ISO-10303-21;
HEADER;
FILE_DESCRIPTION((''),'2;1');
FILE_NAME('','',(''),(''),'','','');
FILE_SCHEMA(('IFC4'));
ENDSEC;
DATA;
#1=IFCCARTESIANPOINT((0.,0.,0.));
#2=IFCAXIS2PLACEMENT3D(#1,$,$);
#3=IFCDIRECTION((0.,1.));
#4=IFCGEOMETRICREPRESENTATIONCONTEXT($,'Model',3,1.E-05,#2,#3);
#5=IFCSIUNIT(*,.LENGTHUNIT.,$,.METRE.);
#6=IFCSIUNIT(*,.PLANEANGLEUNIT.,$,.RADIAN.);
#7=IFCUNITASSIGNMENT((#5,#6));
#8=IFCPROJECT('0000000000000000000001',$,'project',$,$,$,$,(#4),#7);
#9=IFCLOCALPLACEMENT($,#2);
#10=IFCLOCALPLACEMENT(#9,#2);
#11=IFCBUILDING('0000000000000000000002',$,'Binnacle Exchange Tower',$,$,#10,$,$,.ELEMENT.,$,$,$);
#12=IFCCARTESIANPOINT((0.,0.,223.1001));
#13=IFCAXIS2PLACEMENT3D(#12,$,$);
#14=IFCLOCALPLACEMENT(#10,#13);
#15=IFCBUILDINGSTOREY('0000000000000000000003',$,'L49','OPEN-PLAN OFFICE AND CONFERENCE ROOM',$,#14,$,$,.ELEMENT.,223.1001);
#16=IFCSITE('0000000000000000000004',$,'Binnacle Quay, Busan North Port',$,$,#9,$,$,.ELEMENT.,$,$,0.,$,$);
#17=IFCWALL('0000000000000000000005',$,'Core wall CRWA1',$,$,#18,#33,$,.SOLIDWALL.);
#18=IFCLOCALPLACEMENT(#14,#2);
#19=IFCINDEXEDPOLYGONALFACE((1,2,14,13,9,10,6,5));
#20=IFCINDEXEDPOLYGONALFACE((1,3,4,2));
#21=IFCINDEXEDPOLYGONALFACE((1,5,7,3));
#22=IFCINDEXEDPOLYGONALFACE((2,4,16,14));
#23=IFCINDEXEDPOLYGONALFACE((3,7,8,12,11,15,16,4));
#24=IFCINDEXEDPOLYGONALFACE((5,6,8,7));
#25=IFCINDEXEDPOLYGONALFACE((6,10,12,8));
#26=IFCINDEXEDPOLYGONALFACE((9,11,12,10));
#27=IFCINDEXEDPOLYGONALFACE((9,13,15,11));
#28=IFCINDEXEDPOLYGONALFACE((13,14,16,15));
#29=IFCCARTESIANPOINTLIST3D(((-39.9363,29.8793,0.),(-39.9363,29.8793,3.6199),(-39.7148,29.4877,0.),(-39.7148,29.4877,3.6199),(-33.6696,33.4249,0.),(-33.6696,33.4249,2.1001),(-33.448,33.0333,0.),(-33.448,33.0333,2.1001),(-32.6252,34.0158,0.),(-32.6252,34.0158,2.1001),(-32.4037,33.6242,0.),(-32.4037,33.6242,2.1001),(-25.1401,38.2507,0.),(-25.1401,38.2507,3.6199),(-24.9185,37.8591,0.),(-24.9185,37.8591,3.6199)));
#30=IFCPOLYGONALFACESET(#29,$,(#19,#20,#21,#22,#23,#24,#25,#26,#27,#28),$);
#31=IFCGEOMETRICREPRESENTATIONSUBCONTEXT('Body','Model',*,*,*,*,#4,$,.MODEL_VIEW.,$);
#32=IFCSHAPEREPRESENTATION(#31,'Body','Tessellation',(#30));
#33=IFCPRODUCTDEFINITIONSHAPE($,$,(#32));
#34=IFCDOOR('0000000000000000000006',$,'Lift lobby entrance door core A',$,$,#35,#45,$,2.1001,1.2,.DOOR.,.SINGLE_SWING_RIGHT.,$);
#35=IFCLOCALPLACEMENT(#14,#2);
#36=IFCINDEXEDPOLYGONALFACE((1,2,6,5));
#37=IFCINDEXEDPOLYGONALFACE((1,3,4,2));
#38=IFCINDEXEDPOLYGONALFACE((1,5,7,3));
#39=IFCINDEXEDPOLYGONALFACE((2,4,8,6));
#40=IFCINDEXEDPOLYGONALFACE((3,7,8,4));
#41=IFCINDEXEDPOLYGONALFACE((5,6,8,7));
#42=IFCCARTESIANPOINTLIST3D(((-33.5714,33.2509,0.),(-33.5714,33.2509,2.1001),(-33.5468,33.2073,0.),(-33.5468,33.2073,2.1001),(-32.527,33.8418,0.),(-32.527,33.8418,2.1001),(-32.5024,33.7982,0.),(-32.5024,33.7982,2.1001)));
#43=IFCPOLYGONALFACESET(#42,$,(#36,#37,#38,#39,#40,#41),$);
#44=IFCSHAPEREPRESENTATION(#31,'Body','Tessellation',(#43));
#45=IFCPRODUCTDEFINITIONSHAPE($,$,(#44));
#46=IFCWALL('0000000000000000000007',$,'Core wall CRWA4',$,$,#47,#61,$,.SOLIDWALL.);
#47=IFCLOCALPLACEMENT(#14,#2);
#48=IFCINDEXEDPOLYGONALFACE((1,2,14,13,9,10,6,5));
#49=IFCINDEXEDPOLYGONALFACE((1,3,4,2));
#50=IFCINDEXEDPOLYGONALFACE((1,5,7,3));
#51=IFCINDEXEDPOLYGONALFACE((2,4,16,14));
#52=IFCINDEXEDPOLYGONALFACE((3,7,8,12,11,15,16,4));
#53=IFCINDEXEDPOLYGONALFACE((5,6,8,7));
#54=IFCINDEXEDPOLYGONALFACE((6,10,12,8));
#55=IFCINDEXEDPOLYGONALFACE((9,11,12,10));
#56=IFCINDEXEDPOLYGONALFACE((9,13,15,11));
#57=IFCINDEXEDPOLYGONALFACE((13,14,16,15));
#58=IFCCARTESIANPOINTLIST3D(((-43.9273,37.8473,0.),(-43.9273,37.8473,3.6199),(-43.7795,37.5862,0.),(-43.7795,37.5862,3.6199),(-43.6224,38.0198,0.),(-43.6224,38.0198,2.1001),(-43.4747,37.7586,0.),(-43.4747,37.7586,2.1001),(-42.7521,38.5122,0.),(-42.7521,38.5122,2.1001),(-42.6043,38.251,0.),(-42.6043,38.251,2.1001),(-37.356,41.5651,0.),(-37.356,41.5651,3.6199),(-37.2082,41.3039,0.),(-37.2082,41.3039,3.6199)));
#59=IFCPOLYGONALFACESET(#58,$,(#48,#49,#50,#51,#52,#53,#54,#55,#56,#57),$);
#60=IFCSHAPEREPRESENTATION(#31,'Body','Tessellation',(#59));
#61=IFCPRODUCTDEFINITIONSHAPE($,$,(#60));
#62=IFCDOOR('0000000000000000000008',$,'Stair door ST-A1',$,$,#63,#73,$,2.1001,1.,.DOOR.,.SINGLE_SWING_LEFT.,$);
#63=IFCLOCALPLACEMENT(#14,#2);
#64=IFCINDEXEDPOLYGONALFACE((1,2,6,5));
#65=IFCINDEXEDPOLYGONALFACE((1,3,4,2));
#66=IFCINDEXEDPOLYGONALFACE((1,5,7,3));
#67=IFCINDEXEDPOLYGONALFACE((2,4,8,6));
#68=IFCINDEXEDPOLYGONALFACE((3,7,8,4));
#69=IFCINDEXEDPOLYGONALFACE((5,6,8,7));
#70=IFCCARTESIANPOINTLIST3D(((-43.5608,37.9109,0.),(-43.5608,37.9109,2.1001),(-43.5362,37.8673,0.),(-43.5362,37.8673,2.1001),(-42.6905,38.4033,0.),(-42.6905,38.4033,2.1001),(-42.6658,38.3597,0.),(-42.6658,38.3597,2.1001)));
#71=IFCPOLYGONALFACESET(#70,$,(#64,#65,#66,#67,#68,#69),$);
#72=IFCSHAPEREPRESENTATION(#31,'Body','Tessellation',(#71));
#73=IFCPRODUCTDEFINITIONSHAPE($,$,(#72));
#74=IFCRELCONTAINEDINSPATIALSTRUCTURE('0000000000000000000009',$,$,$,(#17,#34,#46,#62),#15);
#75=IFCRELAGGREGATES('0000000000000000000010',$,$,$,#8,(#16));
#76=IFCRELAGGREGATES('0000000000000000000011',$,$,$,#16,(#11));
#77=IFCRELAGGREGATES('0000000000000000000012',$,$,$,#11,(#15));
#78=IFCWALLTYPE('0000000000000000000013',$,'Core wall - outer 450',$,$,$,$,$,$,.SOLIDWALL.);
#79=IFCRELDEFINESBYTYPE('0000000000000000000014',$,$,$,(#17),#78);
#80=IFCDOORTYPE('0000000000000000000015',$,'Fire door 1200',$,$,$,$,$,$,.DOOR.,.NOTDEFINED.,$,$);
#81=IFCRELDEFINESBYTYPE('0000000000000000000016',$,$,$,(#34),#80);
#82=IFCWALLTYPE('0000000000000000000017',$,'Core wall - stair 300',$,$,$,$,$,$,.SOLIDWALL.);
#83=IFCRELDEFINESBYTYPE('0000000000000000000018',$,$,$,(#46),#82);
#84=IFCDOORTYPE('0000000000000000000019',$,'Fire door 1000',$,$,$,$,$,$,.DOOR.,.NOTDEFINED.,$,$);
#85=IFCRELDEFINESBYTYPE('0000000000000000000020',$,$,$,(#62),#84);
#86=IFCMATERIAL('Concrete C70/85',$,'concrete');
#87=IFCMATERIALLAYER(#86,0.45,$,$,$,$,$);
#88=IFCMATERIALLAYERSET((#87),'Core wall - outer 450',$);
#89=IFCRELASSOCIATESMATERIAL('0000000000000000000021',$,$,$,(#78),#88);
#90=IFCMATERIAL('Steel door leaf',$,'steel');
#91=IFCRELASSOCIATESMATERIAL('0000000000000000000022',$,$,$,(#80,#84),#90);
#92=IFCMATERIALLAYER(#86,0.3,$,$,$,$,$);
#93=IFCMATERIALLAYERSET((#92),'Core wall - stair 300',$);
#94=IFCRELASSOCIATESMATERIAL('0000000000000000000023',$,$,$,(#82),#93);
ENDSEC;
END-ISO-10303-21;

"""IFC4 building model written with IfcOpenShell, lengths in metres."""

from ifc_helpers import new_model, si_unit, direction, frame, frame_2d, origin, place, context, subcontext, project, spatial, rectangle, extrude, material, layer, layer_set, type_object, element, fill, save


model = new_model("IFC4")

# Units and contexts
model_context = context("Model", 3, precision=1e-05, world=origin(), true_north=direction((0.0, 1.0)))
body_context = subcontext(model_context, "Body", "Model", "MODEL_VIEW")
ifc_project = project(units=[si_unit("LENGTHUNIT", "METRE"), si_unit("PLANEANGLEUNIT", "RADIAN")], contexts=[model_context])

# Site, building, storey
site_placement = place(None, origin())
site = spatial("IfcSite", under=ifc_project, at=site_placement, Name="Binnacle Quay, Busan North Port", CompositionType="ELEMENT", RefElevation=0.0)
building_placement = place(site_placement, origin())
building = spatial("IfcBuilding", under=site, at=building_placement, Name="Binnacle Exchange Tower", CompositionType="ELEMENT")
storey_placement = place(building_placement, frame((0.0, 0.0, 223.1001)))
storey = spatial("IfcBuildingStorey", under=building, at=storey_placement, Name="L49", Description="OPEN-PLAN OFFICE AND CONFERENCE ROOM", CompositionType="ELEMENT", Elevation=223.1001)

# Shared definitions
ifc_material_1 = material(Name="Concrete C70/85", Category="concrete")
ifc_material_2 = material(Name="Steel door leaf", Category="steel")

# Walls, openings, doors
ifc_layer_1 = layer(ifc_material_1, 0.45)
ifc_layer_set_1 = layer_set([ifc_layer_1], Name="Core wall - outer 450")
wall_type_1 = type_object("IfcWallType", Name="Core wall - outer 450", PredefinedType="SOLIDWALL", material=ifc_layer_set_1)
wall_1_placement = place(storey_placement, frame((-39.8254, 29.6836, 0.0), z_axis=(0.0, 0.0, 1.0), x_axis=(0.870354, 0.492427, 0.0)))
wall_1 = element("IfcWall", 1, at=wall_1_placement, inside=storey, type_object=wall_type_1, Name="Core wall CRWA1", PredefinedType="SOLIDWALL", context=body_context, shape_type="SweptSolid", body=[
    extrude(rectangle(XDim=17.0002, YDim=0.45, at=frame_2d((8.5, 0.0))), origin(), (0.0, 0.0, 1.0), 3.6199),
])
opening_1_placement = place(wall_1_placement, frame((7.2, 0.0, 0.0)))
opening_1 = element("IfcOpeningElement", 2, at=opening_1_placement, cuts=wall_1, PredefinedType="OPENING", context=body_context, shape_type="SweptSolid", body=[
    extrude(rectangle(XDim=1.2, YDim=2.1001, at=frame_2d((0.6001, 1.05))), frame((0.0, 0.2349, 0.0), z_axis=(0.0, -1.0, 0.0), x_axis=(1.0, 0.0, 0.0)), (0.0, 0.0, 1.0), 0.47),
])
door_type_1 = type_object("IfcDoorType", Name="Fire door 1200", OperationType="NOTDEFINED", PredefinedType="DOOR", material=ifc_material_2)
door_1_placement = place(opening_1_placement, frame((1.2, 0.0, 0.0), z_axis=(0.0, 0.0, 1.0), x_axis=(-1.0, 0.0, 0.0)))
door_1 = element("IfcDoor", 3, at=door_1_placement, inside=storey, type_object=door_type_1, Name="Lift lobby entrance door core A", OperationType="SINGLE_SWING_RIGHT", OverallHeight=2.1001, OverallWidth=1.2, PredefinedType="DOOR", context=body_context, shape_type="SweptSolid", body=[
    extrude(rectangle(XDim=1.2, YDim=2.1001, at=frame_2d((0.6001, 1.05))), frame((0.0, 0.0249, 0.0), z_axis=(0.0, -1.0, 0.0), x_axis=(1.0, 0.0, 0.0)), (0.0, 0.0, 1.0), 0.05),
])
fill(opening_1, door_1)
ifc_layer_2 = layer(ifc_material_1, 0.3)
ifc_layer_set_2 = layer_set([ifc_layer_2], Name="Core wall - stair 300")
wall_type_2 = type_object("IfcWallType", Name="Core wall - stair 300", PredefinedType="SOLIDWALL", material=ifc_layer_set_2)
wall_2_placement = place(storey_placement, frame((-43.8533, 37.7168, 0.0), z_axis=(0.0, 0.0, 1.0), x_axis=(0.87036, 0.492415, 0.0)))
wall_2 = element("IfcWall", 4, at=wall_2_placement, inside=storey, type_object=wall_type_2, Name="Core wall CRWA4", PredefinedType="SOLIDWALL", context=body_context, shape_type="SweptSolid", body=[
    extrude(rectangle(XDim=7.55, YDim=0.3, at=frame_2d((3.7749, 0.0))), origin(), (0.0, 0.0, 1.0), 3.6199),
])
opening_2_placement = place(wall_2_placement, frame((0.3501, 0.0, 0.0)))
opening_2 = element("IfcOpeningElement", 5, at=opening_2_placement, cuts=wall_2, PredefinedType="OPENING", context=body_context, shape_type="SweptSolid", body=[
    extrude(rectangle(XDim=1.0, YDim=2.1001, at=frame_2d((0.5, 1.05))), frame((0.0, 0.1599, 0.0), z_axis=(0.0, -1.0, 0.0), x_axis=(1.0, 0.0, 0.0)), (0.0, 0.0, 1.0), 0.3201),
])
door_type_2 = type_object("IfcDoorType", Name="Fire door 1000", OperationType="NOTDEFINED", PredefinedType="DOOR", material=ifc_material_2)
door_2_placement = place(opening_2_placement, origin())
door_2 = element("IfcDoor", 6, at=door_2_placement, inside=storey, type_object=door_type_2, Name="Stair door ST-A1", OperationType="SINGLE_SWING_LEFT", OverallHeight=2.1001, OverallWidth=1.0, PredefinedType="DOOR", context=body_context, shape_type="SweptSolid", body=[
    extrude(rectangle(XDim=1.0, YDim=2.1001, at=frame_2d((0.5, 1.05))), frame((0.0, 0.0249, 0.0), z_axis=(0.0, -1.0, 0.0), x_axis=(1.0, 0.0, 0.0)), (0.0, 0.0, 1.0), 0.05),
])
fill(opening_2, door_2)

save(model, "model.ifc")
